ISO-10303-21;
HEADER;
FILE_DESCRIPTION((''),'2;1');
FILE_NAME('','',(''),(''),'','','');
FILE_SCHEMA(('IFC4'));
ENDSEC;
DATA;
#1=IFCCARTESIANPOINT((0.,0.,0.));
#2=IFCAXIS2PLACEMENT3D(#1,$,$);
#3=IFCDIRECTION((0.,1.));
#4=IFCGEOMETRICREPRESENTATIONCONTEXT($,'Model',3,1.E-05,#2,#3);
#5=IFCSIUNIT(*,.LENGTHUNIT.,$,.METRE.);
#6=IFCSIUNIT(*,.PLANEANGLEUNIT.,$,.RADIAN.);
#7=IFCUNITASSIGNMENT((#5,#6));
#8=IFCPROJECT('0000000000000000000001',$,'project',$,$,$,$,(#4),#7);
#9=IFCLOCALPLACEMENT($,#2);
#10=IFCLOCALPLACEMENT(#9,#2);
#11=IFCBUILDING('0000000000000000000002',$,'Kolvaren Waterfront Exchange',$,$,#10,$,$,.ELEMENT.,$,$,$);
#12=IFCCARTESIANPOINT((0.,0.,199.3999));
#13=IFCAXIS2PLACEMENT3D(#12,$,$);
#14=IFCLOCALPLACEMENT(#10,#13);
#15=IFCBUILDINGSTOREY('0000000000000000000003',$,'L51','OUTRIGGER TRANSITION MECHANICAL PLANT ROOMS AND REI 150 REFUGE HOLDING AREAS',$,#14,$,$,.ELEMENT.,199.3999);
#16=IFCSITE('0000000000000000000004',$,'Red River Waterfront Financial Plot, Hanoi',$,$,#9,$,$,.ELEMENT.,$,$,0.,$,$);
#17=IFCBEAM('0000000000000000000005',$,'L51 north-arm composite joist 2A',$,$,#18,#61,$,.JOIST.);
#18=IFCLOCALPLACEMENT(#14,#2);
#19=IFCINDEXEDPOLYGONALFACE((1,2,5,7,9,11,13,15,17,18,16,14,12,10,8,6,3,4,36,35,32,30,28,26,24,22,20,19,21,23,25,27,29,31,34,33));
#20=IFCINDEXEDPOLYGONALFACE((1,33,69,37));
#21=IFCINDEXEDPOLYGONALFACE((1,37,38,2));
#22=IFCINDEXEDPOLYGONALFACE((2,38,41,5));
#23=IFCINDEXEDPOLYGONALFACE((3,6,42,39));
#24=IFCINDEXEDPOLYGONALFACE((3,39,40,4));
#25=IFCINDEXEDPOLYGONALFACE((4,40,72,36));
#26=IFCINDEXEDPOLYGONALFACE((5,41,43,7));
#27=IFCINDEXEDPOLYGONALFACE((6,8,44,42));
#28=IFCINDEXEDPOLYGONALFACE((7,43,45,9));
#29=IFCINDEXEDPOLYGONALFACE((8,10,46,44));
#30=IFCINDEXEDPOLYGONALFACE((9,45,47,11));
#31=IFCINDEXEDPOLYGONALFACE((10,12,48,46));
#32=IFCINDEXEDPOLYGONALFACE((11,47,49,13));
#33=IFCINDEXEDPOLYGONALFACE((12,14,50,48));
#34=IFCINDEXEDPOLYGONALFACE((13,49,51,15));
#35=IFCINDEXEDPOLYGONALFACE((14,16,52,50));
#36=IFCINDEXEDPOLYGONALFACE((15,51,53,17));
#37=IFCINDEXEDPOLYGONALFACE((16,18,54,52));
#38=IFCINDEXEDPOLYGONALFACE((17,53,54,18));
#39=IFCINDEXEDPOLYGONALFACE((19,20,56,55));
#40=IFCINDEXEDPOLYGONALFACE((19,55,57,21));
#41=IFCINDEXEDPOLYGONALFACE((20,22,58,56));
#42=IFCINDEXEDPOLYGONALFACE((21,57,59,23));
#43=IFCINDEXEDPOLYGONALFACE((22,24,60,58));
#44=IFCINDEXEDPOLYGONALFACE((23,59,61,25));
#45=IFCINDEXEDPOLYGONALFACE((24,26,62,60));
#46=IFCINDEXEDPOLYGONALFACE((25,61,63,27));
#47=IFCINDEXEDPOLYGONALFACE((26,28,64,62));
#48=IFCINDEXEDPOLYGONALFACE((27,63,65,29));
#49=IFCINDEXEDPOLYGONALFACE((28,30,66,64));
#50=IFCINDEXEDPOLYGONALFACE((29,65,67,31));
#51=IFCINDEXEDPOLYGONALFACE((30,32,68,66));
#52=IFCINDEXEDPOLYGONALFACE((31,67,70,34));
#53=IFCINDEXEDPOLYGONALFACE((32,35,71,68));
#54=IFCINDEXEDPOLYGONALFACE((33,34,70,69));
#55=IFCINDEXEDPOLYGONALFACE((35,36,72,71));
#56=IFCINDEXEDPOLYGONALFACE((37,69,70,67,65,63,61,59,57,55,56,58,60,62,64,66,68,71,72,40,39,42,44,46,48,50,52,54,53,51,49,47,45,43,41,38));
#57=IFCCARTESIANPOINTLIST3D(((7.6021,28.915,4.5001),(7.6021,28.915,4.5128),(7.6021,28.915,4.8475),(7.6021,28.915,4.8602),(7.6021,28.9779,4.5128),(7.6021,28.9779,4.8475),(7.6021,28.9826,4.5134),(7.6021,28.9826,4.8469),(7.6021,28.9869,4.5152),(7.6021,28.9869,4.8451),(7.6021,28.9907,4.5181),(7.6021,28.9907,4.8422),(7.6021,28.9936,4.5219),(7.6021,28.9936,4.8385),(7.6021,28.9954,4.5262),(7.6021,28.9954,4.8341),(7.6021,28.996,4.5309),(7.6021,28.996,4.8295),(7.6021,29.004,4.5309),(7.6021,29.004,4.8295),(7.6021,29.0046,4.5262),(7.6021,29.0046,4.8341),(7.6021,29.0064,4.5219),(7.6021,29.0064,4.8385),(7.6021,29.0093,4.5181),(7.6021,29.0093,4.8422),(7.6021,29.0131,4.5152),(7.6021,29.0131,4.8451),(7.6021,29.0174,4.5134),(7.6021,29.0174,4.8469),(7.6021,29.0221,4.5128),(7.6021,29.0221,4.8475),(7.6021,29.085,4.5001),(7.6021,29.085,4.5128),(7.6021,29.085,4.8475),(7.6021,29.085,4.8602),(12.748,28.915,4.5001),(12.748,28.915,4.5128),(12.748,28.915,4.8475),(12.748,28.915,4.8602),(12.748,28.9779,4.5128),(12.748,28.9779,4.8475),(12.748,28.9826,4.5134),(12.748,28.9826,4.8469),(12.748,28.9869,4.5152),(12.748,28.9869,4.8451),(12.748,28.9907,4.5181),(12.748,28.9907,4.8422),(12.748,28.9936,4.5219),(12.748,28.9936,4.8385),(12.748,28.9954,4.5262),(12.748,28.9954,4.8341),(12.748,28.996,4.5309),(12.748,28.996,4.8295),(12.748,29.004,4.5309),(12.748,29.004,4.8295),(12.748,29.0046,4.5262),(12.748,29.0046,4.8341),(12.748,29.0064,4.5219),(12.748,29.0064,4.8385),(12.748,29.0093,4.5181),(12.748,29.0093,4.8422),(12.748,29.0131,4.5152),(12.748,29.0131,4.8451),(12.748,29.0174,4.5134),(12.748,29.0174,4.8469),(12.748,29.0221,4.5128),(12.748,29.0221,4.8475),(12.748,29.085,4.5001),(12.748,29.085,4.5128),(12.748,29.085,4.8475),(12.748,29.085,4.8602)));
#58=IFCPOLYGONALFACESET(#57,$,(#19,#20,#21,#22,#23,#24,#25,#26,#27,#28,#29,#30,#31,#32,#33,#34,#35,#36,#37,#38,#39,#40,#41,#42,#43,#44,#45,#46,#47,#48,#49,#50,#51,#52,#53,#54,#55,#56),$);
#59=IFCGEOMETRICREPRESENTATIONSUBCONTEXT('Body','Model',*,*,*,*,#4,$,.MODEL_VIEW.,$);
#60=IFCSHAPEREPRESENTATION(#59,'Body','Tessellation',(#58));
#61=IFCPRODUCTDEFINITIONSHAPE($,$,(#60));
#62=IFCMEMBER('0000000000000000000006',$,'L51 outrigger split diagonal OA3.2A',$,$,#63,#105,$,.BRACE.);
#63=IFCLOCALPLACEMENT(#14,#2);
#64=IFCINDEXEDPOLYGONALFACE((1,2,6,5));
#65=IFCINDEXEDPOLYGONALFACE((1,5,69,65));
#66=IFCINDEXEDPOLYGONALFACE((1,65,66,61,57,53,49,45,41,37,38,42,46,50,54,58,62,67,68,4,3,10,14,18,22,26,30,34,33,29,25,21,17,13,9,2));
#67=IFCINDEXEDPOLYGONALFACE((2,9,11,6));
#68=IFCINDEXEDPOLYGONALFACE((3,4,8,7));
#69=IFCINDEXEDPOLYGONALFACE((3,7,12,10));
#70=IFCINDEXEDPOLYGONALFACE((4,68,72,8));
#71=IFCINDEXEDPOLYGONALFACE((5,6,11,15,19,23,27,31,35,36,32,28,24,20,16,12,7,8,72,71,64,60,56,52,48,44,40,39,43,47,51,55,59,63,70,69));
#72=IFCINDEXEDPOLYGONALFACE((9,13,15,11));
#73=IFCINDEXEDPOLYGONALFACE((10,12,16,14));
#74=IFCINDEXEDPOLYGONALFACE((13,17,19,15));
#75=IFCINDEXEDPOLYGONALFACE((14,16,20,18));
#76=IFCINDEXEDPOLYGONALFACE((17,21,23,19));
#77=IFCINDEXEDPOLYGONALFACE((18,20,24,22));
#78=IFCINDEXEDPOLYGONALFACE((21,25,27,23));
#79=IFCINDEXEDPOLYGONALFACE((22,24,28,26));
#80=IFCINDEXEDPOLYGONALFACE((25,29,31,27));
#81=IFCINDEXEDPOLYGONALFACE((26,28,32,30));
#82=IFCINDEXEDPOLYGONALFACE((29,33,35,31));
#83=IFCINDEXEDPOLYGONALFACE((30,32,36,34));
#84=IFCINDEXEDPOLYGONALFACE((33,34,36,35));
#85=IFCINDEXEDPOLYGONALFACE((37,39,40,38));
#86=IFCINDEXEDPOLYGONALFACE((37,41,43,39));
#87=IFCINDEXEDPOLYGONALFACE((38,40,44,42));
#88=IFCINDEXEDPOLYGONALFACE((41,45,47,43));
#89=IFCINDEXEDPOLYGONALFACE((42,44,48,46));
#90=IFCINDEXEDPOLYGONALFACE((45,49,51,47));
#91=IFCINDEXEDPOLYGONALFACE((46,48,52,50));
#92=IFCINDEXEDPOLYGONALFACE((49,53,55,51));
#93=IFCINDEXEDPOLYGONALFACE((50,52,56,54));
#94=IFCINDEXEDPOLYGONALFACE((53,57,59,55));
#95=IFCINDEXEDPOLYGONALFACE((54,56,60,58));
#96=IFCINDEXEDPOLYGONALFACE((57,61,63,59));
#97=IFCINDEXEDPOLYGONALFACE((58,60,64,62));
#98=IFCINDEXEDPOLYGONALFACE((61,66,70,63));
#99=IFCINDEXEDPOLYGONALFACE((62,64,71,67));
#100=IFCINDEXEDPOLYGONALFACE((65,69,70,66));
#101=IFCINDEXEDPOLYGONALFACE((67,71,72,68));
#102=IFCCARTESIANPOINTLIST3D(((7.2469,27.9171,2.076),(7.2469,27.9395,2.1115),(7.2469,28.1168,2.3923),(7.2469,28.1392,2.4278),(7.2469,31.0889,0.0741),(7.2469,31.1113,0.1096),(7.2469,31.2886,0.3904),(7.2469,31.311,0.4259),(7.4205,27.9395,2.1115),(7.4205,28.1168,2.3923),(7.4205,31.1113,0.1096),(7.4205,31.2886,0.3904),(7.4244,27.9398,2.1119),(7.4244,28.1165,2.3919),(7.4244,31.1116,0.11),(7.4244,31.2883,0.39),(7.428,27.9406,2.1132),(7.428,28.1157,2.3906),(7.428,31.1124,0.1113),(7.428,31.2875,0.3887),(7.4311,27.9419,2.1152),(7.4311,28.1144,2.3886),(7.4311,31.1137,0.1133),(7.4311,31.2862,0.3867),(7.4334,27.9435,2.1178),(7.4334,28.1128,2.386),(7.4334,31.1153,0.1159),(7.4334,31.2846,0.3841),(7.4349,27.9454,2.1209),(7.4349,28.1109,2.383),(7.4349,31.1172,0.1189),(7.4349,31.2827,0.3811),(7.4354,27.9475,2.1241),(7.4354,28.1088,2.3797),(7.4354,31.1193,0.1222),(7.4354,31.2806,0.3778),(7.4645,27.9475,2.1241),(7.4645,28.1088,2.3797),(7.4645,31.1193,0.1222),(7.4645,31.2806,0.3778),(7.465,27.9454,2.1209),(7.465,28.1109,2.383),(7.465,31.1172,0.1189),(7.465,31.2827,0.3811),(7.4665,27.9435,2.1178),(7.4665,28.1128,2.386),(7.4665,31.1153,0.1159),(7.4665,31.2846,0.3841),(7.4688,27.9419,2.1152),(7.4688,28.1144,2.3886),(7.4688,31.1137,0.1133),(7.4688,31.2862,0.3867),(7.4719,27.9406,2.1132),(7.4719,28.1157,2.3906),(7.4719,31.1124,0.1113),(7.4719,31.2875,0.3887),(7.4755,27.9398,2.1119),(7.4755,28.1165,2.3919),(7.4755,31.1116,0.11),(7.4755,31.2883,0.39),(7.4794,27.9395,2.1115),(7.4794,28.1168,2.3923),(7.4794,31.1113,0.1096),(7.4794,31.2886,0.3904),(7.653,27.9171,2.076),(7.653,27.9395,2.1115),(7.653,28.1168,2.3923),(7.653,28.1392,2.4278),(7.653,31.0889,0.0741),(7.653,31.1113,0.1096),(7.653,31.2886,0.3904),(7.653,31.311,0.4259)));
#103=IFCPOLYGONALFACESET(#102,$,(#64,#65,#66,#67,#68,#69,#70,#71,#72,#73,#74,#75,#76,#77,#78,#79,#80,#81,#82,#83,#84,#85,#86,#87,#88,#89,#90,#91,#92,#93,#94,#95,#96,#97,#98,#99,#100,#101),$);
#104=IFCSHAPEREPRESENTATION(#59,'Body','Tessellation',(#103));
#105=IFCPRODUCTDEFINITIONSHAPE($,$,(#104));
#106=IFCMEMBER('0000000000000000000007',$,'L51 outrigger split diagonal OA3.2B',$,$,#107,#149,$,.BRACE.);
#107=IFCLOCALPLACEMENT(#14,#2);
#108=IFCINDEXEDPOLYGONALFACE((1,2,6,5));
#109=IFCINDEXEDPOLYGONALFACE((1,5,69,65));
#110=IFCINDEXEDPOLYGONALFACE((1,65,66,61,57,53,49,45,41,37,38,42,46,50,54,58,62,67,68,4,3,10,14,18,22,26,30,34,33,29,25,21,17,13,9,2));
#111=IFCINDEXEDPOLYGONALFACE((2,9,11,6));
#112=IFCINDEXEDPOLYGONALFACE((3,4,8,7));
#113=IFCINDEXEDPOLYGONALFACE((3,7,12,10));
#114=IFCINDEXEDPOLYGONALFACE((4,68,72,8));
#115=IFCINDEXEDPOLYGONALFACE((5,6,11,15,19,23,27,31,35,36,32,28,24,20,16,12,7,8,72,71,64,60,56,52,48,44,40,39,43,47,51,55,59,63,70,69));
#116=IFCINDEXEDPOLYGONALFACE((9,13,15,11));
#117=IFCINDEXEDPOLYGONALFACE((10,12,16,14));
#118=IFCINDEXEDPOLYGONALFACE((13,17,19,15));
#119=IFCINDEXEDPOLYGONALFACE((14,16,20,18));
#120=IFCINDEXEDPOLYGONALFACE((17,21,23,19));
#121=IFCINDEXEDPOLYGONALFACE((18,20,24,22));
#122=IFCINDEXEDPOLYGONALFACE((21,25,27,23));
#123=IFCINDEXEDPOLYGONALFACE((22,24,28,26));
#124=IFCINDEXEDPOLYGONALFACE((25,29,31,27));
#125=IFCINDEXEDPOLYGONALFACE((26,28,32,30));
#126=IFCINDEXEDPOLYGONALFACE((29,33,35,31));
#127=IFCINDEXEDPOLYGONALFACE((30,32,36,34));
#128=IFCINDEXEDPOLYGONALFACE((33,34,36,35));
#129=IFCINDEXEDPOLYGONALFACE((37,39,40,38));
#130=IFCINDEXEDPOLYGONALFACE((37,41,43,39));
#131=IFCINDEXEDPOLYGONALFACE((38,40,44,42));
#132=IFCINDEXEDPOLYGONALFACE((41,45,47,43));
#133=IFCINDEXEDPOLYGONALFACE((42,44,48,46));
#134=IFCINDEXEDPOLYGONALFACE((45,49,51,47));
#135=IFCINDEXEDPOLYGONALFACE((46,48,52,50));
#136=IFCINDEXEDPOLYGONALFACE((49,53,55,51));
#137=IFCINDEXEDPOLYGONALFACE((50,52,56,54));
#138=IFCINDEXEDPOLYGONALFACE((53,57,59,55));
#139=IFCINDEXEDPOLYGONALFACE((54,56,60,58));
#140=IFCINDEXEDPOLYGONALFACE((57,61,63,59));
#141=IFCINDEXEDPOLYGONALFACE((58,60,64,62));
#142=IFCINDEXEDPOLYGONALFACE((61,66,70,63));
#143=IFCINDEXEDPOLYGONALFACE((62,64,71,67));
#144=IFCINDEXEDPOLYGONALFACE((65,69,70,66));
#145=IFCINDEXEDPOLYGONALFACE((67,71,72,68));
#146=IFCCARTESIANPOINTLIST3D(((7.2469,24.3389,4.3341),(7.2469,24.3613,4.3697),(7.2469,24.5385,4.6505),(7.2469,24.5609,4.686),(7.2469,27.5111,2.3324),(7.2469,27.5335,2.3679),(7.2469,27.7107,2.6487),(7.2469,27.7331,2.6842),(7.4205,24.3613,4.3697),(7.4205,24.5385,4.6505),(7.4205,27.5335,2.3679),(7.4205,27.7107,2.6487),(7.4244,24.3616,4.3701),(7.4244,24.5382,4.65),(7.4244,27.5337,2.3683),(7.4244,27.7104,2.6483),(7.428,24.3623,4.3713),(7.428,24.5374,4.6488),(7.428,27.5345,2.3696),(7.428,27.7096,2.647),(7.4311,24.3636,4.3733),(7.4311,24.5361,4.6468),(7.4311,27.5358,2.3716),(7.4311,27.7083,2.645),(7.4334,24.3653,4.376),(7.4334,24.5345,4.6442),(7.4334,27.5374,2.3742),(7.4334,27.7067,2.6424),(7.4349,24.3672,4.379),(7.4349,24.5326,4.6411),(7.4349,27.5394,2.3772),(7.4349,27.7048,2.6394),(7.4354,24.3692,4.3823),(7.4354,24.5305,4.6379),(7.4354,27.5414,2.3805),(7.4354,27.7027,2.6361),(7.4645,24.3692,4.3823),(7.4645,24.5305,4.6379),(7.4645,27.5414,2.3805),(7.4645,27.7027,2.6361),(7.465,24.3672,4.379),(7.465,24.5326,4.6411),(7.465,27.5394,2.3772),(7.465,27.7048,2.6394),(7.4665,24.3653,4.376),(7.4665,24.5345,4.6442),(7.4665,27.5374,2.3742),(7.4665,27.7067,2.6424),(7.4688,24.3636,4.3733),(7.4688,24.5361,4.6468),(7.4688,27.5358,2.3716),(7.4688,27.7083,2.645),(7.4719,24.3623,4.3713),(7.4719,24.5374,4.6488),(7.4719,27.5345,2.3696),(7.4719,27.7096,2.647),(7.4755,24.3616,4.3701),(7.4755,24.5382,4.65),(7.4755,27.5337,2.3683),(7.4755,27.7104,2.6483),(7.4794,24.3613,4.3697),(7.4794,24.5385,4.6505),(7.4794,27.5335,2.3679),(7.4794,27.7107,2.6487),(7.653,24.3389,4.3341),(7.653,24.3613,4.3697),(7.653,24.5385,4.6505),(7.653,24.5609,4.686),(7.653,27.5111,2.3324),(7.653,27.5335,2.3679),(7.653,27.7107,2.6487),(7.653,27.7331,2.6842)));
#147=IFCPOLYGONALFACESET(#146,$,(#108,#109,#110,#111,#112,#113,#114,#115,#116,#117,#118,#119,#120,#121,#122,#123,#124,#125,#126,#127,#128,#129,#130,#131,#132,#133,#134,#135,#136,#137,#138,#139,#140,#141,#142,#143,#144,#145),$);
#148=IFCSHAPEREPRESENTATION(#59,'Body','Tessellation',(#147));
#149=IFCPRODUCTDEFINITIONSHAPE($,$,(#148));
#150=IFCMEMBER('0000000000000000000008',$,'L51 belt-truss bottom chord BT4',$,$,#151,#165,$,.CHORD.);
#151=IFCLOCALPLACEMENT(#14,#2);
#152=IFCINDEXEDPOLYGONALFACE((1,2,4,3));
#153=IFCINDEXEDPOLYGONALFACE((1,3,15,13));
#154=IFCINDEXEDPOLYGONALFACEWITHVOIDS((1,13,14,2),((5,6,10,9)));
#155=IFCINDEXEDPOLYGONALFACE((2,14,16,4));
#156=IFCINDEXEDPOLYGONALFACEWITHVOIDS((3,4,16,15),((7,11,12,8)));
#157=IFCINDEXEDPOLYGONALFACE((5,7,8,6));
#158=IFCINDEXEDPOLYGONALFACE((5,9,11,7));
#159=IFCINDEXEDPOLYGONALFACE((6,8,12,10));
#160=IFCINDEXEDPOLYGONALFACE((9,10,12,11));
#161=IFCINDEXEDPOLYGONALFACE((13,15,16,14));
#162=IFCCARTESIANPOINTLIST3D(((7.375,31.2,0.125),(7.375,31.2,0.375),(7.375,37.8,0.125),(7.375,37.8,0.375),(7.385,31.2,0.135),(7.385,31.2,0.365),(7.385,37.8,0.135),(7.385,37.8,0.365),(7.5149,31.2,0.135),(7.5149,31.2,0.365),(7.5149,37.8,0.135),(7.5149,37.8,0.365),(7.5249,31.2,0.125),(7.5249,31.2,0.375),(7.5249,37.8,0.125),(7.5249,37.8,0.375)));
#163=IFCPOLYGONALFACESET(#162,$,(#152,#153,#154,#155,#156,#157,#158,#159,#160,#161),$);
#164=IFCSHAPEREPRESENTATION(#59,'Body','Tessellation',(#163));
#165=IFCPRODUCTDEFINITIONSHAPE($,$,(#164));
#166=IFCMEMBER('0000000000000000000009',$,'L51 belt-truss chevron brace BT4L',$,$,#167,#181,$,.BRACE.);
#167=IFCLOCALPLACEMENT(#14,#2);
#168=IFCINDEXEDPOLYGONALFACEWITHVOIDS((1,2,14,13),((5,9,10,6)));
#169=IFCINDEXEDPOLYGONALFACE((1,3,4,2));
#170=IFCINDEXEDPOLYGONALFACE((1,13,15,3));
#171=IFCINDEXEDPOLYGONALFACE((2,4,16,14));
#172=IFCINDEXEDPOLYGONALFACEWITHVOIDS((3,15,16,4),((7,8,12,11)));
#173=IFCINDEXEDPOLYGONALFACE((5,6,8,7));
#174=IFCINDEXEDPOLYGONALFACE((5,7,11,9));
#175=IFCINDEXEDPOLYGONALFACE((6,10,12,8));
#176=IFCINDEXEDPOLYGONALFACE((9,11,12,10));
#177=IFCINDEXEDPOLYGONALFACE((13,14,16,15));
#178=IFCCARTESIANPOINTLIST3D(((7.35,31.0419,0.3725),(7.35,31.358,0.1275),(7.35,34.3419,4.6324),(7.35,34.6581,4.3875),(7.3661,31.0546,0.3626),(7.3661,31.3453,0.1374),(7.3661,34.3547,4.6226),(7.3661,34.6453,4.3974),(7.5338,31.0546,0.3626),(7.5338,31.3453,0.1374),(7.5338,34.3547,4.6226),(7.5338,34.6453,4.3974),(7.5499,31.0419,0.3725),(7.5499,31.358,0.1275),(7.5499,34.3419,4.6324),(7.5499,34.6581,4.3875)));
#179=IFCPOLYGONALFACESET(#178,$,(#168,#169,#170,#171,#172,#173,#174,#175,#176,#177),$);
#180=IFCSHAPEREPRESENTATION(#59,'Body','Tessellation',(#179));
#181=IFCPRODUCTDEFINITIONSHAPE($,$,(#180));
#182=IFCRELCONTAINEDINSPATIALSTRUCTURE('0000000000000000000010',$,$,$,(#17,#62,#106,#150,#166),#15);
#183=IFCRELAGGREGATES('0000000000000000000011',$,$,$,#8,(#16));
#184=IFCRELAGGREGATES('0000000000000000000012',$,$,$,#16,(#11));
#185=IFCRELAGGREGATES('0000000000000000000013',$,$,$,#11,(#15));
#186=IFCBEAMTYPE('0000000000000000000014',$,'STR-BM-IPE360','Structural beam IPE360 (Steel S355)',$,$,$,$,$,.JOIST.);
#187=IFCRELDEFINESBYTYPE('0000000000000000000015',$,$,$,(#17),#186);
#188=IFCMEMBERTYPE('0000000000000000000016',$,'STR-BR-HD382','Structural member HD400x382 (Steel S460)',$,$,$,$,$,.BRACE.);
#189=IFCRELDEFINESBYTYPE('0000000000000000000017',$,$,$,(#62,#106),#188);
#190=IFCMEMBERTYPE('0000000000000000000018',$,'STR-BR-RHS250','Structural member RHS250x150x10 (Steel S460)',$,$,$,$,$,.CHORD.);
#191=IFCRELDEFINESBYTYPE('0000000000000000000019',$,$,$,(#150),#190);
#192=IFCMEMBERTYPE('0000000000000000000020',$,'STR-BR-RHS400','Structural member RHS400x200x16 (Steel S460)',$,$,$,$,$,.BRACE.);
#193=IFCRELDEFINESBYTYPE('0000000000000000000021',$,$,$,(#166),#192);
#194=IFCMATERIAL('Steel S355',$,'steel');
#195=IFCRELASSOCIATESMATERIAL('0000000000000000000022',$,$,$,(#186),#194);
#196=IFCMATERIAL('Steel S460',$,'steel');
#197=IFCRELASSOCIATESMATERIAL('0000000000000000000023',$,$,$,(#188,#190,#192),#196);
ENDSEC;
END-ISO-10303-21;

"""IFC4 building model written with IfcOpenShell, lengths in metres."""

from ifc_helpers import new_model, si_unit, direction, frame, origin, origin_2d, place, context, subcontext, project, spatial, hollow_rectangle, i_section, extrude, material, material_profile, profile_set, type_object, element, save


model = new_model("IFC4")

# Units and contexts
model_context = context("Model", 3, precision=1e-05, world=origin(), true_north=direction((0.0, 1.0)))
body_context = subcontext(model_context, "Body", "Model", "MODEL_VIEW")
ifc_project = project(units=[si_unit("LENGTHUNIT", "METRE"), si_unit("PLANEANGLEUNIT", "RADIAN")], contexts=[model_context])

# Site, building, storey
site_placement = place(None, origin())
site = spatial("IfcSite", under=ifc_project, at=site_placement, Name="Red River Waterfront Financial Plot, Hanoi", CompositionType="ELEMENT", RefElevation=0.0)
building_placement = place(site_placement, origin())
building = spatial("IfcBuilding", under=site, at=building_placement, Name="Kolvaren Waterfront Exchange", CompositionType="ELEMENT")
storey_placement = place(building_placement, frame((0.0, 0.0, 199.3999)))
storey = spatial("IfcBuildingStorey", under=building, at=storey_placement, Name="L51", Description="OUTRIGGER TRANSITION MECHANICAL PLANT ROOMS AND REI 150 REFUGE HOLDING AREAS", CompositionType="ELEMENT", Elevation=199.3999)

# Beam
ifc_material_1 = material(Name="Steel S355", Category="steel")
ifc_material_profile_1 = material_profile(ifc_material_1, i_section(OverallWidth=0.1699, OverallDepth=0.3601, WebThickness=0.0081, FlangeThickness=0.0127, FilletRadius=0.0181, at=origin_2d()), Name="IPE360")
ifc_profile_set_1 = profile_set([ifc_material_profile_1], Name="Steel S355")
beam_type_1 = type_object("IfcBeamType", Name="STR-BM-IPE360", Description="Structural beam IPE360 (Steel S355)", PredefinedType="JOIST", material=ifc_profile_set_1)
for number, where, z_axis, x_axis, name in (
    (1, (7.6021, 29.0, 4.6802), (1.0, 0.0, 0.0), (0.0, 1.0, 0.0), "L51 north-arm composite joist 2A"),
):
    element("IfcBeam", number, at=place(storey_placement, frame(where, z_axis=z_axis, x_axis=x_axis)), inside=storey, type_object=beam_type_1, Name=name, PredefinedType="JOIST", context=body_context, shape_type="SweptSolid", body=[
        extrude(i_section(OverallWidth=0.1699, OverallDepth=0.3601, WebThickness=0.0081, FlangeThickness=0.0127, FilletRadius=0.0181, at=origin_2d()), origin(), (0.0, 0.0, 1.0), 5.146),
    ])

# Members
ifc_material_2 = material(Name="Steel S460", Category="steel")
ifc_material_profile_2 = material_profile(ifc_material_2, i_section(OverallWidth=0.406, OverallDepth=0.416, WebThickness=0.0291, FlangeThickness=0.042, FilletRadius=0.0149, at=origin_2d()), Name="HD400x382")
ifc_profile_set_2 = profile_set([ifc_material_profile_2], Name="Steel S460")
member_type_1 = type_object("IfcMemberType", Name="STR-BR-HD382", Description="Structural member HD400x382 (Steel S460)", PredefinedType="BRACE", material=ifc_profile_set_2)
member_1_placement = place(storey_placement, frame((7.45, 31.2, 0.25), z_axis=(0.0, -0.84565, 0.533738), x_axis=(1.0, 0.0, 0.0)))
element("IfcMember", 2, at=member_1_placement, inside=storey, type_object=member_type_1, Name="L51 outrigger split diagonal OA3.2A", PredefinedType="BRACE", context=body_context, shape_type="SweptSolid", body=[
    extrude(i_section(OverallWidth=0.406, OverallDepth=0.416, WebThickness=0.0291, FlangeThickness=0.042, FilletRadius=0.0149, at=origin_2d()), origin(), (0.0, 0.0, 1.0), 3.7507),
])
member_2_placement = place(storey_placement, frame((7.45, 27.6221, 2.5083), z_axis=(0.0, -0.845698, 0.533662), x_axis=(1.0, 0.0, 0.0)))
element("IfcMember", 3, at=member_2_placement, inside=storey, type_object=member_type_1, Name="L51 outrigger split diagonal OA3.2B", PredefinedType="BRACE", context=body_context, shape_type="SweptSolid", body=[
    extrude(i_section(OverallWidth=0.406, OverallDepth=0.416, WebThickness=0.0291, FlangeThickness=0.042, FilletRadius=0.0149, at=origin_2d()), origin(), (0.0, 0.0, 1.0), 3.751),
])
ifc_material_profile_3 = material_profile(ifc_material_2, hollow_rectangle(XDim=0.1499, YDim=0.25, WallThickness=0.01, at=origin_2d()), Name="RHS250x150x10")
ifc_profile_set_3 = profile_set([ifc_material_profile_3], Name="Steel S460")
member_type_2 = type_object("IfcMemberType", Name="STR-BR-RHS250", Description="Structural member RHS250x150x10 (Steel S460)", PredefinedType="CHORD", material=ifc_profile_set_3)
member_3_placement = place(storey_placement, frame((7.45, 31.2, 0.25), z_axis=(0.0, 1.0, 0.0), x_axis=(-1.0, 0.0, 0.0)))
element("IfcMember", 4, at=member_3_placement, inside=storey, type_object=member_type_2, Name="L51 belt-truss bottom chord BT4", PredefinedType="CHORD", context=body_context, shape_type="SweptSolid", body=[
    extrude(hollow_rectangle(XDim=0.1499, YDim=0.25, WallThickness=0.01, at=origin_2d()), origin(), (0.0, 0.0, 1.0), 6.6001),
])
ifc_material_profile_4 = material_profile(ifc_material_2, hollow_rectangle(XDim=0.2, YDim=0.3999, WallThickness=0.0161, at=origin_2d()), Name="RHS400x200x16")
ifc_profile_set_4 = profile_set([ifc_material_profile_4], Name="Steel S460")
member_type_3 = type_object("IfcMemberType", Name="STR-BR-RHS400", Description="Structural member RHS400x200x16 (Steel S460)", PredefinedType="BRACE", material=ifc_profile_set_4)
member_4_placement = place(storey_placement, frame((7.45, 31.2, 0.25), z_axis=(0.0, 0.612403, 0.790546), x_axis=(-1.0, 0.0, 0.0)))
element("IfcMember", 5, at=member_4_placement, inside=storey, type_object=member_type_3, Name="L51 belt-truss chevron brace BT4L", PredefinedType="BRACE", context=body_context, shape_type="SweptSolid", body=[
    extrude(hollow_rectangle(XDim=0.2, YDim=0.3999, WallThickness=0.0161, at=origin_2d()), origin(), (0.0, 0.0, 1.0), 5.3887),
])

save(model, "model.ifc")
